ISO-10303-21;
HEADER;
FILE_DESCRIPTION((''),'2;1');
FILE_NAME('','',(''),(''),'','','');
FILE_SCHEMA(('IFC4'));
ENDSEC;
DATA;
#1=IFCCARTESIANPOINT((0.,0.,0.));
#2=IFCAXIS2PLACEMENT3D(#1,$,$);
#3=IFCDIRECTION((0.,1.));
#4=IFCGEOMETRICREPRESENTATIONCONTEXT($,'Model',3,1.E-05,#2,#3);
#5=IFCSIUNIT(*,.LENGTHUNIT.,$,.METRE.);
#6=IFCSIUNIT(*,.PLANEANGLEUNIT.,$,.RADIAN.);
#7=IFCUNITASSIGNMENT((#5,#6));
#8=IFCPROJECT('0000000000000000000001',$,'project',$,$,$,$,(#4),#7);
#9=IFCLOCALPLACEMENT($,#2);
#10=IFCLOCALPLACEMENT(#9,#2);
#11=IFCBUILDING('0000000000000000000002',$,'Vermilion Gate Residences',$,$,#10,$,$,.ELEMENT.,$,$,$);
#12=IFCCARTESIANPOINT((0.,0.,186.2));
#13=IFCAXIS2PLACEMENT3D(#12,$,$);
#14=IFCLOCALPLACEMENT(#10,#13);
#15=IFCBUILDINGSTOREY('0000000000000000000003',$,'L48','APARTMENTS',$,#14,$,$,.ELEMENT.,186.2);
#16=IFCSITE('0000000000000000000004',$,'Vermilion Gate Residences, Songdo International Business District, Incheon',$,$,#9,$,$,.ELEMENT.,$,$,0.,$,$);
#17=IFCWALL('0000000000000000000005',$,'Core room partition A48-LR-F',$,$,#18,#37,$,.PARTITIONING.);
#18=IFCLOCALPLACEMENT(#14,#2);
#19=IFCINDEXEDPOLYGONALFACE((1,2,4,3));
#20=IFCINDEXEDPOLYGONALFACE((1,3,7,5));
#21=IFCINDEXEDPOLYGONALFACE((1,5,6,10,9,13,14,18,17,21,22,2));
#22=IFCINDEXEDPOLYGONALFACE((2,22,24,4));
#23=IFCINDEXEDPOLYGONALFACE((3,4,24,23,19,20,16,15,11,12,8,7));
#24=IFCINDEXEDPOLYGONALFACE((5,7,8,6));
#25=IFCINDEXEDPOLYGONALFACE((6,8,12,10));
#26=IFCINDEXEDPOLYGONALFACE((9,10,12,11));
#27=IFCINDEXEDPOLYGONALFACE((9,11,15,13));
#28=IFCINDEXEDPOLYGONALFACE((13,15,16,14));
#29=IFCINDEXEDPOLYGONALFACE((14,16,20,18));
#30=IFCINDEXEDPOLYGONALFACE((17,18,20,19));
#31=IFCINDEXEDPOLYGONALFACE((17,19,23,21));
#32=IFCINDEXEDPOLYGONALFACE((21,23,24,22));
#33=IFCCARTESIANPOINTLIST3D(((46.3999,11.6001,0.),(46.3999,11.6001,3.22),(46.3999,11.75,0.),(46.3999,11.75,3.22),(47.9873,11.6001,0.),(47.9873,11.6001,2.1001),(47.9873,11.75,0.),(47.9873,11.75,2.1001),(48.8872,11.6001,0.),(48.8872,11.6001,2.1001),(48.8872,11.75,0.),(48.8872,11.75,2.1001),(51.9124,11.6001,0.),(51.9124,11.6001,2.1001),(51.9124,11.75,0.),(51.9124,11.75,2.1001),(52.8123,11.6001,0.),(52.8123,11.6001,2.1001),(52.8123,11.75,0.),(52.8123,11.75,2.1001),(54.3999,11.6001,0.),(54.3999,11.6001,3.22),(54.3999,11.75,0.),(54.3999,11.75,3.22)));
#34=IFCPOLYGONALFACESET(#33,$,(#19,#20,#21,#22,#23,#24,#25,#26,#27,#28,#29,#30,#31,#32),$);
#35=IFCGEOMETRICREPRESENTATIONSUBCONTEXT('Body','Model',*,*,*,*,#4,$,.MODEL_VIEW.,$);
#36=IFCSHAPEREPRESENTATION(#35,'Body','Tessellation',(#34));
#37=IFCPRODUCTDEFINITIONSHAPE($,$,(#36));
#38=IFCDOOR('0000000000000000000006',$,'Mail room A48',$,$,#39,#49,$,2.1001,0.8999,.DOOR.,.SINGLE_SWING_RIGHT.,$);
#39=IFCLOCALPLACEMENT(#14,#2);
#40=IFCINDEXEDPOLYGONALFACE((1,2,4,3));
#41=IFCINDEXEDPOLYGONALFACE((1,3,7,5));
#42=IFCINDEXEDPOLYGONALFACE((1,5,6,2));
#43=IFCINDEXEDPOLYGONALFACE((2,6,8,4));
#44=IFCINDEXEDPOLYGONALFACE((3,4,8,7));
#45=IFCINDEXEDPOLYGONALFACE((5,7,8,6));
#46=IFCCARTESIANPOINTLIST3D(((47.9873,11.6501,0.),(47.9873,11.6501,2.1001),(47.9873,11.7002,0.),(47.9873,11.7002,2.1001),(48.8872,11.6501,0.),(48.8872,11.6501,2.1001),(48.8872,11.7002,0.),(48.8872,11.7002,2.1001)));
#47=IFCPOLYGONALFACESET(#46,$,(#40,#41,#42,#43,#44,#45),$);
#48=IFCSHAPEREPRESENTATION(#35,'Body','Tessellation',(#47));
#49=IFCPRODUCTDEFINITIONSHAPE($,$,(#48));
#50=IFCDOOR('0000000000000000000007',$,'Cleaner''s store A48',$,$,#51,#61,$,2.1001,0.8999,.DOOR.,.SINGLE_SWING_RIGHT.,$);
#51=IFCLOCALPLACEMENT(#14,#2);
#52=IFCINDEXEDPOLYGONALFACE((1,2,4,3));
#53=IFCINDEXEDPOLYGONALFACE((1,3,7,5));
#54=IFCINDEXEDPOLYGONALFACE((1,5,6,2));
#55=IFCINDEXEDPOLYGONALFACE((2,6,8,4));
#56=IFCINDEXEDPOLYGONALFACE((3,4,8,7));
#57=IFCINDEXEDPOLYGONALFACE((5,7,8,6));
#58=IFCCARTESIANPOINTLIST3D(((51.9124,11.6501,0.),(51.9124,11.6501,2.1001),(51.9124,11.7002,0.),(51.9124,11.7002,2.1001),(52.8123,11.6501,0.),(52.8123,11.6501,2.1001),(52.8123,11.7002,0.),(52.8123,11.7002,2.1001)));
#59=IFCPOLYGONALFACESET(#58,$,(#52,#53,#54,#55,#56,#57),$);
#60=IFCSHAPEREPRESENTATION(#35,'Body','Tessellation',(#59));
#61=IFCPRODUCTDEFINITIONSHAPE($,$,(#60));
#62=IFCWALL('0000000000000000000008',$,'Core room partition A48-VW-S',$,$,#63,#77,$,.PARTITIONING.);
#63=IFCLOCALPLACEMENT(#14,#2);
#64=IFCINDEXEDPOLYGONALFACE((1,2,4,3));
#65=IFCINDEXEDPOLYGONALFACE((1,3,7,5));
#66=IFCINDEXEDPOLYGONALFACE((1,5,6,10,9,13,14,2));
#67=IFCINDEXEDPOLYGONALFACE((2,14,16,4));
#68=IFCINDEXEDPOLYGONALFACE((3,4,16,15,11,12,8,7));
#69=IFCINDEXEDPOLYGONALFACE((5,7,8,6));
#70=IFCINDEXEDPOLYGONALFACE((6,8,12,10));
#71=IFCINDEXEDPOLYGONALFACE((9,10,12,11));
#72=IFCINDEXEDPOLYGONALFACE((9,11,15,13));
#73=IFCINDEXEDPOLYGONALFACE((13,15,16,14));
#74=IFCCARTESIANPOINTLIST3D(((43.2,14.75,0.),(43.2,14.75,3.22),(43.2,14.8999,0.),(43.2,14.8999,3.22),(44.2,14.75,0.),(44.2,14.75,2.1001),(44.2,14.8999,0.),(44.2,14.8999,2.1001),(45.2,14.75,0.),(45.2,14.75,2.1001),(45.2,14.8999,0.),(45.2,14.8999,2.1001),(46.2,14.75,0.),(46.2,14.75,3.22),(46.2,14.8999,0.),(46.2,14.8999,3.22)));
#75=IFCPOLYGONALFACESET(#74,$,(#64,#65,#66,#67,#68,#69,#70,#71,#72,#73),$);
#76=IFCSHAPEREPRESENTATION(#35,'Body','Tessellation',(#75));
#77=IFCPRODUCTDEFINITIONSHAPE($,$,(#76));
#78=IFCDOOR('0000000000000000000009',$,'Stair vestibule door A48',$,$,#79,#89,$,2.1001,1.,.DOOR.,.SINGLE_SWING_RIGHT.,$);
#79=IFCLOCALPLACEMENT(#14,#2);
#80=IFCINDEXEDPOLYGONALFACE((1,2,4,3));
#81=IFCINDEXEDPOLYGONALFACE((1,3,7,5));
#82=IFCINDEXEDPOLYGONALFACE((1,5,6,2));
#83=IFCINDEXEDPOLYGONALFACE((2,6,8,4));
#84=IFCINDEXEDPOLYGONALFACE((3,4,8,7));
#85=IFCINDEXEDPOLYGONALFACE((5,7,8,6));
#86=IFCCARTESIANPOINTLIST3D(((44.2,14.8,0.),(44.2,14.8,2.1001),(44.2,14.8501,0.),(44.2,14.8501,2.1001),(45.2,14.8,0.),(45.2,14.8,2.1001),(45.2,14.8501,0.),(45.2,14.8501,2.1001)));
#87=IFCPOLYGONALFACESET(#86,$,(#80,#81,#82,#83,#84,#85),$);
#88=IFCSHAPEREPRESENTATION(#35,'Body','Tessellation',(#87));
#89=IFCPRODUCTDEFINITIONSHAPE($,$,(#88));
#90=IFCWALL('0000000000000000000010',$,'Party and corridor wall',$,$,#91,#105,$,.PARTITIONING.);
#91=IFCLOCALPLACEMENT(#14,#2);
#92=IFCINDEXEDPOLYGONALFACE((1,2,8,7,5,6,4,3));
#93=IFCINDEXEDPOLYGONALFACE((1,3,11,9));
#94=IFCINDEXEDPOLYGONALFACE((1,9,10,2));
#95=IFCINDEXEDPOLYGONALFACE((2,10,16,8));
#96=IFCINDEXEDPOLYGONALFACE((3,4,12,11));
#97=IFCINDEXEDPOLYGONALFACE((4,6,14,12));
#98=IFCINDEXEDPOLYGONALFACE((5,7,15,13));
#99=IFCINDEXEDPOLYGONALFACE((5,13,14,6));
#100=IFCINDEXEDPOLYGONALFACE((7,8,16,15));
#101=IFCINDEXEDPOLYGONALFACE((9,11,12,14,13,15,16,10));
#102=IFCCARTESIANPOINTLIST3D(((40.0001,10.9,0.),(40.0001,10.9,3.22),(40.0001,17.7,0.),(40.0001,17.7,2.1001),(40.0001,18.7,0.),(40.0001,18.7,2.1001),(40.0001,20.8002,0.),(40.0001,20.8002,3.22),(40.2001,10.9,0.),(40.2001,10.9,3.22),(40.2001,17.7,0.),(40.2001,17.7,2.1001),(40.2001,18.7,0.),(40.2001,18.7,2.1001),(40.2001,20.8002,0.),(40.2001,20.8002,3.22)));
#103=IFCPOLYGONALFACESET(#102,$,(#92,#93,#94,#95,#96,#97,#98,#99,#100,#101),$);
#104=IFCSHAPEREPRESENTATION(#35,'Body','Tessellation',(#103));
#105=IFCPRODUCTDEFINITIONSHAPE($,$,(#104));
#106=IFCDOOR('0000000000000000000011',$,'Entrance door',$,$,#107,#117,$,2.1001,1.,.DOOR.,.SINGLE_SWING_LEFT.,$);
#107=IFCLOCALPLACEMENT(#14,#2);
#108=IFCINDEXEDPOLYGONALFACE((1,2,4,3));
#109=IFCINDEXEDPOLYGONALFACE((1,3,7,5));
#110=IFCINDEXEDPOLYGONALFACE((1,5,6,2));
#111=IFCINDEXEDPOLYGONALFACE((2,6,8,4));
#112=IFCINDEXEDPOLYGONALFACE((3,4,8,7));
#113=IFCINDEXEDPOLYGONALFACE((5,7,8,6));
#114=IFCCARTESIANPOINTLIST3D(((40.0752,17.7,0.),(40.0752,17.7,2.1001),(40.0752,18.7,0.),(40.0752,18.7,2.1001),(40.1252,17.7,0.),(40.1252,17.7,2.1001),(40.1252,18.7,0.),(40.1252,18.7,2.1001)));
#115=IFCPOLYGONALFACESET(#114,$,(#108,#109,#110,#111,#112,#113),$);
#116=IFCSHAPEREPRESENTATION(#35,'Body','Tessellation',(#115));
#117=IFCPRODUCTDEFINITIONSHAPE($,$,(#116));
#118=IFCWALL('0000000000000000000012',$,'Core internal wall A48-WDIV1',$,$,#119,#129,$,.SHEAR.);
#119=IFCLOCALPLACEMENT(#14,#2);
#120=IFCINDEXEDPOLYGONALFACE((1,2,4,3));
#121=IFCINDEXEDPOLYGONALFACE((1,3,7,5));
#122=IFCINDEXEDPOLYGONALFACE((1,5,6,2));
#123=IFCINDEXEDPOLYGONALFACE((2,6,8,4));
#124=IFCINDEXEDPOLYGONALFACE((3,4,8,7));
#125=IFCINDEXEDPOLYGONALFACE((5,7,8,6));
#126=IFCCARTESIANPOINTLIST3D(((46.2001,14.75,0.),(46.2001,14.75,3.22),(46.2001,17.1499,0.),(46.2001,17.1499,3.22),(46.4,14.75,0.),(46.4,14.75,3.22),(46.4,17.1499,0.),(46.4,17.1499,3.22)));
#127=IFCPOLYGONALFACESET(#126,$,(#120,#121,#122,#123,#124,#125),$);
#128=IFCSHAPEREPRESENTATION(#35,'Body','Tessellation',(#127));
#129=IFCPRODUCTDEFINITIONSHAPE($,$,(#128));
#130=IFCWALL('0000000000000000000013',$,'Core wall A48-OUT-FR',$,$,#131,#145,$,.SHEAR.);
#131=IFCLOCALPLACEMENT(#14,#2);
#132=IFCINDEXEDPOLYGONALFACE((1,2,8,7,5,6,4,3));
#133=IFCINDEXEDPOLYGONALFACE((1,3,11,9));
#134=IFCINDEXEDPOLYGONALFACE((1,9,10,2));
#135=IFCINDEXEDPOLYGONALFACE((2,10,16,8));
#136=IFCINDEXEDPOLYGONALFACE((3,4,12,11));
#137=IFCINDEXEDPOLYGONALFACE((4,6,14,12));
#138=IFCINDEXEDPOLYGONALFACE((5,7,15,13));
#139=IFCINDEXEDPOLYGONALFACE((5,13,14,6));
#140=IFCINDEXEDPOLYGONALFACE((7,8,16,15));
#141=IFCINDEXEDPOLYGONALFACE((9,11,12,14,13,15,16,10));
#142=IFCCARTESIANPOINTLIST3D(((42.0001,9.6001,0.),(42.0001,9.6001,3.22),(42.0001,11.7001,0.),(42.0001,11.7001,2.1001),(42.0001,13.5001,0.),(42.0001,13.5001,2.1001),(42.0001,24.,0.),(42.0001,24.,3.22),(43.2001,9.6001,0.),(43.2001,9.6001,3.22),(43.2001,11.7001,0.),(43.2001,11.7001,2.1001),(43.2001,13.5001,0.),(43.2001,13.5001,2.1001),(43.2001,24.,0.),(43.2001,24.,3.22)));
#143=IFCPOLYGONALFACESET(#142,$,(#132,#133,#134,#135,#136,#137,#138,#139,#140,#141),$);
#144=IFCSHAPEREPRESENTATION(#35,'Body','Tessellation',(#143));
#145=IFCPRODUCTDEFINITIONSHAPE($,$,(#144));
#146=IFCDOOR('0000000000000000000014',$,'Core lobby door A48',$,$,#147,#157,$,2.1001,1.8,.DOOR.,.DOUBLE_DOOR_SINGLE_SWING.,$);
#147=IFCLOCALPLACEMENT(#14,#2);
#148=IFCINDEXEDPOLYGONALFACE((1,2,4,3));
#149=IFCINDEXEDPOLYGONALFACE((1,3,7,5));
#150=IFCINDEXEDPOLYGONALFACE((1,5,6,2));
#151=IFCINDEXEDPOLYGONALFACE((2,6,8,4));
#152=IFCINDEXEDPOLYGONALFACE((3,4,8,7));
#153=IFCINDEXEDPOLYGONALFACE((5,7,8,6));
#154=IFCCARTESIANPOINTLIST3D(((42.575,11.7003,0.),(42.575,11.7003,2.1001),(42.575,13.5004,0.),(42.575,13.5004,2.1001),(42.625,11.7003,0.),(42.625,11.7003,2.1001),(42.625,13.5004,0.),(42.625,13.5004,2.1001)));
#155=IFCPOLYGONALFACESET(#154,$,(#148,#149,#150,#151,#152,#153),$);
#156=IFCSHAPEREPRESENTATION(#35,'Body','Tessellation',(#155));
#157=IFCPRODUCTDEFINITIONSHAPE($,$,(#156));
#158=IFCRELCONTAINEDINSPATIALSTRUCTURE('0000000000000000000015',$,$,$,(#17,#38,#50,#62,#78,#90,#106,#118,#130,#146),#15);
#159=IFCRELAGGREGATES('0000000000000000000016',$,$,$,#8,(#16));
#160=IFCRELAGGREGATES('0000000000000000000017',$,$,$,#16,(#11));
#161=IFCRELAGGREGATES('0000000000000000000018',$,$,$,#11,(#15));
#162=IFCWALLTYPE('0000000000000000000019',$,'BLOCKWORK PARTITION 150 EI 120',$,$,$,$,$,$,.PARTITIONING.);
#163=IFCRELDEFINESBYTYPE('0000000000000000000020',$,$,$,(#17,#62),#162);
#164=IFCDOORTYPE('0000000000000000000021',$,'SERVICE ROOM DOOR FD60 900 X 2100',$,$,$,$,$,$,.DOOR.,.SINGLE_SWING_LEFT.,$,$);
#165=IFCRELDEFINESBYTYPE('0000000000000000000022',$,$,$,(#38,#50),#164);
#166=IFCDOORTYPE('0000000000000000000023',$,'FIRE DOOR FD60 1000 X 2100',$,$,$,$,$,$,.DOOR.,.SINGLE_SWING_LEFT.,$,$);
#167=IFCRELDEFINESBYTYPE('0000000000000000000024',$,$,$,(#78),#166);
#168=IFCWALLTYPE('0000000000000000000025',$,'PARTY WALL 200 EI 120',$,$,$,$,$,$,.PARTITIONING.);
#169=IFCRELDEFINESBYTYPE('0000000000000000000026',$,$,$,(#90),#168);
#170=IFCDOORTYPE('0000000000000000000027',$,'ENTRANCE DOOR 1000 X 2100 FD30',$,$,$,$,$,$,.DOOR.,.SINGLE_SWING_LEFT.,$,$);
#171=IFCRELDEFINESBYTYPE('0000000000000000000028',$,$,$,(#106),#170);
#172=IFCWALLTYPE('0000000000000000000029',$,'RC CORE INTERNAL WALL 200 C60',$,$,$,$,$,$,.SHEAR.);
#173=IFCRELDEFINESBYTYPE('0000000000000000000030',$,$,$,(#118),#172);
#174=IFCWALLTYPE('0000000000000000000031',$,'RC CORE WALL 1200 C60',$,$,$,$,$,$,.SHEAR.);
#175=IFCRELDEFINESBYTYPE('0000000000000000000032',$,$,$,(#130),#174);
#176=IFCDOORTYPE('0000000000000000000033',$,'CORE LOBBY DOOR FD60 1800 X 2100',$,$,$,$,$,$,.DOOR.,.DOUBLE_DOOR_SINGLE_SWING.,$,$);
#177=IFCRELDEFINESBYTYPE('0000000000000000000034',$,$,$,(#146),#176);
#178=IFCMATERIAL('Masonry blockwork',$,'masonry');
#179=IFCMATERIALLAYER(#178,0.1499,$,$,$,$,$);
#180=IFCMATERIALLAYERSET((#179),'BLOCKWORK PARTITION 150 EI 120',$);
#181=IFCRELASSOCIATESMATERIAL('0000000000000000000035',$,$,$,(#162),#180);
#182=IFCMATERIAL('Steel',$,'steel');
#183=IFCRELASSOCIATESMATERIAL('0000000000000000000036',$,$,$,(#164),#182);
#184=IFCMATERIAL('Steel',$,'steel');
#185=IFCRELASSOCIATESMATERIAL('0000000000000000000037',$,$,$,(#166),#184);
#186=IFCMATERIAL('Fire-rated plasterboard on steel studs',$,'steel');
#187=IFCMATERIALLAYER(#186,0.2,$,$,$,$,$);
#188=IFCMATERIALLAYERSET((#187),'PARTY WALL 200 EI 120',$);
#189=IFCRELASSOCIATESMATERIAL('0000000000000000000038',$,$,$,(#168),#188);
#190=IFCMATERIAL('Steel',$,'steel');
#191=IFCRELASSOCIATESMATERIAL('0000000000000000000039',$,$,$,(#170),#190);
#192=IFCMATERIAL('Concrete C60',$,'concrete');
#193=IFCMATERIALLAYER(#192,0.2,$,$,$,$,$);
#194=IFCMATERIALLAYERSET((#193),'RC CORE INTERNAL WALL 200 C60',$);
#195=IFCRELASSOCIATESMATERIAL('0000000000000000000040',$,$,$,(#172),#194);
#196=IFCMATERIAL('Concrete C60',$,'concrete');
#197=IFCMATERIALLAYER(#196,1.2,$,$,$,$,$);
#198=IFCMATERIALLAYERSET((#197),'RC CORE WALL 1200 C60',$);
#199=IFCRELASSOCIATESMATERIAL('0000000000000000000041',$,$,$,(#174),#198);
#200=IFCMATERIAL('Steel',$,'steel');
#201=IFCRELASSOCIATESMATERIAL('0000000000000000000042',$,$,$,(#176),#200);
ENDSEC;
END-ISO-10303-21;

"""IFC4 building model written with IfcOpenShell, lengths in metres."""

from ifc_helpers import new_model, si_unit, direction, frame, frame_2d, origin, place, context, subcontext, project, spatial, rectangle, extrude, material, layer, layer_set, type_object, element, fill, save


model = new_model("IFC4")

# Units and contexts
model_context = context("Model", 3, precision=1e-05, world=origin(), true_north=direction((0.0, 1.0)))
body_context = subcontext(model_context, "Body", "Model", "MODEL_VIEW")
ifc_project = project(units=[si_unit("LENGTHUNIT", "METRE"), si_unit("PLANEANGLEUNIT", "RADIAN")], contexts=[model_context])

# Site, building, storey
site_placement = place(None, origin())
site = spatial("IfcSite", under=ifc_project, at=site_placement, Name="Vermilion Gate Residences, Songdo International Business District, Incheon", CompositionType="ELEMENT", RefElevation=0.0)
building_placement = place(site_placement, origin())
building = spatial("IfcBuilding", under=site, at=building_placement, Name="Vermilion Gate Residences", CompositionType="ELEMENT")
storey_placement = place(building_placement, frame((0.0, 0.0, 186.2)))
storey = spatial("IfcBuildingStorey", under=building, at=storey_placement, Name="L48", Description="APARTMENTS", CompositionType="ELEMENT", Elevation=186.2)

# Wall, openings, doors
ifc_material_1 = material(Name="Masonry blockwork", Category="masonry")
ifc_layer_1 = layer(ifc_material_1, 0.1499)
ifc_layer_set_1 = layer_set([ifc_layer_1], Name="BLOCKWORK PARTITION 150 EI 120")
wall_type_1 = type_object("IfcWallType", Name="BLOCKWORK PARTITION 150 EI 120", PredefinedType="PARTITIONING", material=ifc_layer_set_1)
wall_1_placement = place(storey_placement, frame((46.3999, 11.675, 0.0), z_axis=(0.0, 0.0, 1.0), x_axis=(1.0, 0.0, 0.0)))
wall_1 = element("IfcWall", 1, at=wall_1_placement, inside=storey, type_object=wall_type_1, Name="Core room partition A48-LR-F", PredefinedType="PARTITIONING", context=body_context, shape_type="SweptSolid", body=[
    extrude(rectangle(XDim=8.0, YDim=0.1499, at=frame_2d((4.0, 0.0))), origin(), (0.0, 0.0, 1.0), 3.22),
])
opening_1_placement = place(wall_1_placement, frame((1.5874, 0.0, 0.0)))
opening_1 = element("IfcOpeningElement", 2, at=opening_1_placement, cuts=wall_1, PredefinedType="OPENING", context=body_context, shape_type="SweptSolid", body=[
    extrude(rectangle(XDim=0.8999, YDim=2.1001, at=frame_2d((0.45, 1.05))), frame((0.0, 0.085, 0.0), z_axis=(0.0, -1.0, 0.0), x_axis=(1.0, 0.0, 0.0)), (0.0, 0.0, 1.0), 0.1699),
])
opening_2_placement = place(wall_1_placement, frame((5.5125, 0.0, 0.0)))
opening_2 = element("IfcOpeningElement", 3, at=opening_2_placement, cuts=wall_1, PredefinedType="OPENING", context=body_context, shape_type="SweptSolid", body=[
    extrude(rectangle(XDim=0.8999, YDim=2.1001, at=frame_2d((0.45, 1.05))), frame((0.0, 0.085, 0.0), z_axis=(0.0, -1.0, 0.0), x_axis=(1.0, 0.0, 0.0)), (0.0, 0.0, 1.0), 0.1699),
])
ifc_material_2 = material(Name="Steel", Category="steel")
door_type_1 = type_object("IfcDoorType", Name="SERVICE ROOM DOOR FD60 900 X 2100", OperationType="SINGLE_SWING_LEFT", PredefinedType="DOOR", material=ifc_material_2)
door_1_placement = place(opening_1_placement, frame((0.8999, 0.0, 0.0), z_axis=(0.0, 0.0, 1.0), x_axis=(-1.0, 0.0, 0.0)))
door_1 = element("IfcDoor", 4, at=door_1_placement, inside=storey, type_object=door_type_1, Name="Mail room A48", OperationType="SINGLE_SWING_RIGHT", OverallHeight=2.1001, OverallWidth=0.8999, PredefinedType="DOOR", context=body_context, shape_type="SweptSolid", body=[
    extrude(rectangle(XDim=0.8999, YDim=2.1001, at=frame_2d((0.45, 1.05))), frame((0.0, 0.0249, 0.0), z_axis=(0.0, -1.0, 0.0), x_axis=(1.0, 0.0, 0.0)), (0.0, 0.0, 1.0), 0.05),
])
fill(opening_1, door_1)
door_2_placement = place(opening_2_placement, frame((0.8999, 0.0, 0.0), z_axis=(0.0, 0.0, 1.0), x_axis=(-1.0, 0.0, 0.0)))
door_2 = element("IfcDoor", 5, at=door_2_placement, inside=storey, type_object=door_type_1, Name="Cleaner's store A48", OperationType="SINGLE_SWING_RIGHT", OverallHeight=2.1001, OverallWidth=0.8999, PredefinedType="DOOR", context=body_context, shape_type="SweptSolid", body=[
    extrude(rectangle(XDim=0.8999, YDim=2.1001, at=frame_2d((0.45, 1.05))), frame((0.0, 0.0249, 0.0), z_axis=(0.0, -1.0, 0.0), x_axis=(1.0, 0.0, 0.0)), (0.0, 0.0, 1.0), 0.05),
])
fill(opening_2, door_2)

# Walls, openings, doors
wall_2_placement = place(storey_placement, frame((43.2, 14.825, 0.0), z_axis=(0.0, 0.0, 1.0), x_axis=(1.0, 0.0, 0.0)))
wall_2 = element("IfcWall", 6, at=wall_2_placement, inside=storey, type_object=wall_type_1, Name="Core room partition A48-VW-S", PredefinedType="PARTITIONING", context=body_context, shape_type="SweptSolid", body=[
    extrude(rectangle(XDim=3.0, YDim=0.1499, at=frame_2d((1.5, 0.0))), origin(), (0.0, 0.0, 1.0), 3.22),
])
opening_3_placement = place(wall_2_placement, frame((1.0, 0.0, 0.0)))
opening_3 = element("IfcOpeningElement", 7, at=opening_3_placement, cuts=wall_2, PredefinedType="OPENING", context=body_context, shape_type="SweptSolid", body=[
    extrude(rectangle(XDim=1.0, YDim=2.1001, at=frame_2d((0.5, 1.05))), frame((0.0, 0.085, 0.0), z_axis=(0.0, -1.0, 0.0), x_axis=(1.0, 0.0, 0.0)), (0.0, 0.0, 1.0), 0.1699),
])
ifc_material_3 = material(Name="Steel", Category="steel")
door_type_2 = type_object("IfcDoorType", Name="FIRE DOOR FD60 1000 X 2100", OperationType="SINGLE_SWING_LEFT", PredefinedType="DOOR", material=ifc_material_3)
door_3_placement = place(opening_3_placement, frame((1.0, 0.0, 0.0), z_axis=(0.0, 0.0, 1.0), x_axis=(-1.0, 0.0, 0.0)))
door_3 = element("IfcDoor", 8, at=door_3_placement, inside=storey, type_object=door_type_2, Name="Stair vestibule door A48", OperationType="SINGLE_SWING_RIGHT", OverallHeight=2.1001, OverallWidth=1.0, PredefinedType="DOOR", context=body_context, shape_type="SweptSolid", body=[
    extrude(rectangle(XDim=1.0, YDim=2.1001, at=frame_2d((0.5, 1.05))), frame((0.0, 0.0249, 0.0), z_axis=(0.0, -1.0, 0.0), x_axis=(1.0, 0.0, 0.0)), (0.0, 0.0, 1.0), 0.05),
])
fill(opening_3, door_3)
ifc_material_4 = material(Name="Fire-rated plasterboard on steel studs", Category="steel")
ifc_layer_2 = layer(ifc_material_4, 0.2)
ifc_layer_set_2 = layer_set([ifc_layer_2], Name="PARTY WALL 200 EI 120")
wall_type_2 = type_object("IfcWallType", Name="PARTY WALL 200 EI 120", PredefinedType="PARTITIONING", material=ifc_layer_set_2)
wall_3_placement = place(storey_placement, frame((40.1001, 10.8999, 0.0), z_axis=(0.0, 0.0, 1.0), x_axis=(0.0, 1.0, 0.0)))
wall_3 = element("IfcWall", 9, at=wall_3_placement, inside=storey, type_object=wall_type_2, Name="Party and corridor wall", PredefinedType="PARTITIONING", context=body_context, shape_type="SweptSolid", body=[
    extrude(rectangle(XDim=9.9001, YDim=0.2, at=frame_2d((4.9502, 0.0))), origin(), (0.0, 0.0, 1.0), 3.22),
])
opening_4_placement = place(wall_3_placement, frame((6.8, 0.0, 0.0)))
opening_4 = element("IfcOpeningElement", 10, at=opening_4_placement, cuts=wall_3, PredefinedType="OPENING", context=body_context, shape_type="SweptSolid", body=[
    extrude(rectangle(XDim=1.0, YDim=2.1001, at=frame_2d((0.5, 1.05))), frame((0.0, 0.1099, 0.0), z_axis=(0.0, -1.0, 0.0), x_axis=(1.0, 0.0, 0.0)), (0.0, 0.0, 1.0), 0.22),
])
ifc_material_5 = material(Name="Steel", Category="steel")
door_type_3 = type_object("IfcDoorType", Name="ENTRANCE DOOR 1000 X 2100 FD30", OperationType="SINGLE_SWING_LEFT", PredefinedType="DOOR", material=ifc_material_5)
door_4_placement = place(opening_4_placement, origin())
door_4 = element("IfcDoor", 11, at=door_4_placement, inside=storey, type_object=door_type_3, Name="Entrance door", OperationType="SINGLE_SWING_LEFT", OverallHeight=2.1001, OverallWidth=1.0, PredefinedType="DOOR", context=body_context, shape_type="SweptSolid", body=[
    extrude(rectangle(XDim=1.0, YDim=2.1001, at=frame_2d((0.5, 1.05))), frame((0.0, 0.0249, 0.0), z_axis=(0.0, -1.0, 0.0), x_axis=(1.0, 0.0, 0.0)), (0.0, 0.0, 1.0), 0.05),
])
fill(opening_4, door_4)

# Wall
ifc_material_6 = material(Name="Concrete C60", Category="concrete")
ifc_layer_3 = layer(ifc_material_6, 0.2)
ifc_layer_set_3 = layer_set([ifc_layer_3], Name="RC CORE INTERNAL WALL 200 C60")
wall_type_3 = type_object("IfcWallType", Name="RC CORE INTERNAL WALL 200 C60", PredefinedType="SHEAR", material=ifc_layer_set_3)
wall_4_placement = place(storey_placement, frame((46.3, 14.75, 0.0), z_axis=(0.0, 0.0, 1.0), x_axis=(0.0, 1.0, 0.0)))
element("IfcWall", 12, at=wall_4_placement, inside=storey, type_object=wall_type_3, Name="Core internal wall A48-WDIV1", PredefinedType="SHEAR", context=body_context, shape_type="SweptSolid", body=[
    extrude(rectangle(XDim=2.3999, YDim=0.2, at=frame_2d((1.2, 0.0))), origin(), (0.0, 0.0, 1.0), 3.22),
])

# Wall, opening, door
ifc_material_7 = material(Name="Concrete C60", Category="concrete")
ifc_layer_4 = layer(ifc_material_7, 1.2)
ifc_layer_set_4 = layer_set([ifc_layer_4], Name="RC CORE WALL 1200 C60")
wall_type_4 = type_object("IfcWallType", Name="RC CORE WALL 1200 C60", PredefinedType="SHEAR", material=ifc_layer_set_4)
wall_5_placement = place(storey_placement, frame((42.6001, 9.6001, 0.0), z_axis=(0.0, 0.0, 1.0), x_axis=(0.0, 1.0, 0.0)))
wall_5 = element("IfcWall", 13, at=wall_5_placement, inside=storey, type_object=wall_type_4, Name="Core wall A48-OUT-FR", PredefinedType="SHEAR", context=body_context, shape_type="SweptSolid", body=[
    extrude(rectangle(XDim=14.3999, YDim=1.2, at=frame_2d((7.2, 0.0))), origin(), (0.0, 0.0, 1.0), 3.22),
])
opening_5_placement = place(wall_5_placement, frame((2.1001, 0.0, 0.0)))
opening_5 = element("IfcOpeningElement", 14, at=opening_5_placement, cuts=wall_5, PredefinedType="OPENING", context=body_context, shape_type="SweptSolid", body=[
    extrude(rectangle(XDim=1.8, YDim=2.1001, at=frame_2d((0.8999, 1.05))), frame((0.0, 0.6099, 0.0), z_axis=(0.0, -1.0, 0.0), x_axis=(1.0, 0.0, 0.0)), (0.0, 0.0, 1.0), 1.22),
])
ifc_material_8 = material(Name="Steel", Category="steel")
door_type_4 = type_object("IfcDoorType", Name="CORE LOBBY DOOR FD60 1800 X 2100", OperationType="DOUBLE_DOOR_SINGLE_SWING", PredefinedType="DOOR", material=ifc_material_8)
door_5_placement = place(opening_5_placement, frame((1.8, 0.0, 0.0), z_axis=(0.0, 0.0, 1.0), x_axis=(-1.0, 0.0, 0.0)))
door_5 = element("IfcDoor", 15, at=door_5_placement, inside=storey, type_object=door_type_4, Name="Core lobby door A48", OperationType="DOUBLE_DOOR_SINGLE_SWING", OverallHeight=2.1001, OverallWidth=1.8, PredefinedType="DOOR", context=body_context, shape_type="SweptSolid", body=[
    extrude(rectangle(XDim=1.8, YDim=2.1001, at=frame_2d((0.8999, 1.05))), frame((0.0, 0.0249, 0.0), z_axis=(0.0, -1.0, 0.0), x_axis=(1.0, 0.0, 0.0)), (0.0, 0.0, 1.0), 0.05),
])
fill(opening_5, door_5)

save(model, "model.ifc")
